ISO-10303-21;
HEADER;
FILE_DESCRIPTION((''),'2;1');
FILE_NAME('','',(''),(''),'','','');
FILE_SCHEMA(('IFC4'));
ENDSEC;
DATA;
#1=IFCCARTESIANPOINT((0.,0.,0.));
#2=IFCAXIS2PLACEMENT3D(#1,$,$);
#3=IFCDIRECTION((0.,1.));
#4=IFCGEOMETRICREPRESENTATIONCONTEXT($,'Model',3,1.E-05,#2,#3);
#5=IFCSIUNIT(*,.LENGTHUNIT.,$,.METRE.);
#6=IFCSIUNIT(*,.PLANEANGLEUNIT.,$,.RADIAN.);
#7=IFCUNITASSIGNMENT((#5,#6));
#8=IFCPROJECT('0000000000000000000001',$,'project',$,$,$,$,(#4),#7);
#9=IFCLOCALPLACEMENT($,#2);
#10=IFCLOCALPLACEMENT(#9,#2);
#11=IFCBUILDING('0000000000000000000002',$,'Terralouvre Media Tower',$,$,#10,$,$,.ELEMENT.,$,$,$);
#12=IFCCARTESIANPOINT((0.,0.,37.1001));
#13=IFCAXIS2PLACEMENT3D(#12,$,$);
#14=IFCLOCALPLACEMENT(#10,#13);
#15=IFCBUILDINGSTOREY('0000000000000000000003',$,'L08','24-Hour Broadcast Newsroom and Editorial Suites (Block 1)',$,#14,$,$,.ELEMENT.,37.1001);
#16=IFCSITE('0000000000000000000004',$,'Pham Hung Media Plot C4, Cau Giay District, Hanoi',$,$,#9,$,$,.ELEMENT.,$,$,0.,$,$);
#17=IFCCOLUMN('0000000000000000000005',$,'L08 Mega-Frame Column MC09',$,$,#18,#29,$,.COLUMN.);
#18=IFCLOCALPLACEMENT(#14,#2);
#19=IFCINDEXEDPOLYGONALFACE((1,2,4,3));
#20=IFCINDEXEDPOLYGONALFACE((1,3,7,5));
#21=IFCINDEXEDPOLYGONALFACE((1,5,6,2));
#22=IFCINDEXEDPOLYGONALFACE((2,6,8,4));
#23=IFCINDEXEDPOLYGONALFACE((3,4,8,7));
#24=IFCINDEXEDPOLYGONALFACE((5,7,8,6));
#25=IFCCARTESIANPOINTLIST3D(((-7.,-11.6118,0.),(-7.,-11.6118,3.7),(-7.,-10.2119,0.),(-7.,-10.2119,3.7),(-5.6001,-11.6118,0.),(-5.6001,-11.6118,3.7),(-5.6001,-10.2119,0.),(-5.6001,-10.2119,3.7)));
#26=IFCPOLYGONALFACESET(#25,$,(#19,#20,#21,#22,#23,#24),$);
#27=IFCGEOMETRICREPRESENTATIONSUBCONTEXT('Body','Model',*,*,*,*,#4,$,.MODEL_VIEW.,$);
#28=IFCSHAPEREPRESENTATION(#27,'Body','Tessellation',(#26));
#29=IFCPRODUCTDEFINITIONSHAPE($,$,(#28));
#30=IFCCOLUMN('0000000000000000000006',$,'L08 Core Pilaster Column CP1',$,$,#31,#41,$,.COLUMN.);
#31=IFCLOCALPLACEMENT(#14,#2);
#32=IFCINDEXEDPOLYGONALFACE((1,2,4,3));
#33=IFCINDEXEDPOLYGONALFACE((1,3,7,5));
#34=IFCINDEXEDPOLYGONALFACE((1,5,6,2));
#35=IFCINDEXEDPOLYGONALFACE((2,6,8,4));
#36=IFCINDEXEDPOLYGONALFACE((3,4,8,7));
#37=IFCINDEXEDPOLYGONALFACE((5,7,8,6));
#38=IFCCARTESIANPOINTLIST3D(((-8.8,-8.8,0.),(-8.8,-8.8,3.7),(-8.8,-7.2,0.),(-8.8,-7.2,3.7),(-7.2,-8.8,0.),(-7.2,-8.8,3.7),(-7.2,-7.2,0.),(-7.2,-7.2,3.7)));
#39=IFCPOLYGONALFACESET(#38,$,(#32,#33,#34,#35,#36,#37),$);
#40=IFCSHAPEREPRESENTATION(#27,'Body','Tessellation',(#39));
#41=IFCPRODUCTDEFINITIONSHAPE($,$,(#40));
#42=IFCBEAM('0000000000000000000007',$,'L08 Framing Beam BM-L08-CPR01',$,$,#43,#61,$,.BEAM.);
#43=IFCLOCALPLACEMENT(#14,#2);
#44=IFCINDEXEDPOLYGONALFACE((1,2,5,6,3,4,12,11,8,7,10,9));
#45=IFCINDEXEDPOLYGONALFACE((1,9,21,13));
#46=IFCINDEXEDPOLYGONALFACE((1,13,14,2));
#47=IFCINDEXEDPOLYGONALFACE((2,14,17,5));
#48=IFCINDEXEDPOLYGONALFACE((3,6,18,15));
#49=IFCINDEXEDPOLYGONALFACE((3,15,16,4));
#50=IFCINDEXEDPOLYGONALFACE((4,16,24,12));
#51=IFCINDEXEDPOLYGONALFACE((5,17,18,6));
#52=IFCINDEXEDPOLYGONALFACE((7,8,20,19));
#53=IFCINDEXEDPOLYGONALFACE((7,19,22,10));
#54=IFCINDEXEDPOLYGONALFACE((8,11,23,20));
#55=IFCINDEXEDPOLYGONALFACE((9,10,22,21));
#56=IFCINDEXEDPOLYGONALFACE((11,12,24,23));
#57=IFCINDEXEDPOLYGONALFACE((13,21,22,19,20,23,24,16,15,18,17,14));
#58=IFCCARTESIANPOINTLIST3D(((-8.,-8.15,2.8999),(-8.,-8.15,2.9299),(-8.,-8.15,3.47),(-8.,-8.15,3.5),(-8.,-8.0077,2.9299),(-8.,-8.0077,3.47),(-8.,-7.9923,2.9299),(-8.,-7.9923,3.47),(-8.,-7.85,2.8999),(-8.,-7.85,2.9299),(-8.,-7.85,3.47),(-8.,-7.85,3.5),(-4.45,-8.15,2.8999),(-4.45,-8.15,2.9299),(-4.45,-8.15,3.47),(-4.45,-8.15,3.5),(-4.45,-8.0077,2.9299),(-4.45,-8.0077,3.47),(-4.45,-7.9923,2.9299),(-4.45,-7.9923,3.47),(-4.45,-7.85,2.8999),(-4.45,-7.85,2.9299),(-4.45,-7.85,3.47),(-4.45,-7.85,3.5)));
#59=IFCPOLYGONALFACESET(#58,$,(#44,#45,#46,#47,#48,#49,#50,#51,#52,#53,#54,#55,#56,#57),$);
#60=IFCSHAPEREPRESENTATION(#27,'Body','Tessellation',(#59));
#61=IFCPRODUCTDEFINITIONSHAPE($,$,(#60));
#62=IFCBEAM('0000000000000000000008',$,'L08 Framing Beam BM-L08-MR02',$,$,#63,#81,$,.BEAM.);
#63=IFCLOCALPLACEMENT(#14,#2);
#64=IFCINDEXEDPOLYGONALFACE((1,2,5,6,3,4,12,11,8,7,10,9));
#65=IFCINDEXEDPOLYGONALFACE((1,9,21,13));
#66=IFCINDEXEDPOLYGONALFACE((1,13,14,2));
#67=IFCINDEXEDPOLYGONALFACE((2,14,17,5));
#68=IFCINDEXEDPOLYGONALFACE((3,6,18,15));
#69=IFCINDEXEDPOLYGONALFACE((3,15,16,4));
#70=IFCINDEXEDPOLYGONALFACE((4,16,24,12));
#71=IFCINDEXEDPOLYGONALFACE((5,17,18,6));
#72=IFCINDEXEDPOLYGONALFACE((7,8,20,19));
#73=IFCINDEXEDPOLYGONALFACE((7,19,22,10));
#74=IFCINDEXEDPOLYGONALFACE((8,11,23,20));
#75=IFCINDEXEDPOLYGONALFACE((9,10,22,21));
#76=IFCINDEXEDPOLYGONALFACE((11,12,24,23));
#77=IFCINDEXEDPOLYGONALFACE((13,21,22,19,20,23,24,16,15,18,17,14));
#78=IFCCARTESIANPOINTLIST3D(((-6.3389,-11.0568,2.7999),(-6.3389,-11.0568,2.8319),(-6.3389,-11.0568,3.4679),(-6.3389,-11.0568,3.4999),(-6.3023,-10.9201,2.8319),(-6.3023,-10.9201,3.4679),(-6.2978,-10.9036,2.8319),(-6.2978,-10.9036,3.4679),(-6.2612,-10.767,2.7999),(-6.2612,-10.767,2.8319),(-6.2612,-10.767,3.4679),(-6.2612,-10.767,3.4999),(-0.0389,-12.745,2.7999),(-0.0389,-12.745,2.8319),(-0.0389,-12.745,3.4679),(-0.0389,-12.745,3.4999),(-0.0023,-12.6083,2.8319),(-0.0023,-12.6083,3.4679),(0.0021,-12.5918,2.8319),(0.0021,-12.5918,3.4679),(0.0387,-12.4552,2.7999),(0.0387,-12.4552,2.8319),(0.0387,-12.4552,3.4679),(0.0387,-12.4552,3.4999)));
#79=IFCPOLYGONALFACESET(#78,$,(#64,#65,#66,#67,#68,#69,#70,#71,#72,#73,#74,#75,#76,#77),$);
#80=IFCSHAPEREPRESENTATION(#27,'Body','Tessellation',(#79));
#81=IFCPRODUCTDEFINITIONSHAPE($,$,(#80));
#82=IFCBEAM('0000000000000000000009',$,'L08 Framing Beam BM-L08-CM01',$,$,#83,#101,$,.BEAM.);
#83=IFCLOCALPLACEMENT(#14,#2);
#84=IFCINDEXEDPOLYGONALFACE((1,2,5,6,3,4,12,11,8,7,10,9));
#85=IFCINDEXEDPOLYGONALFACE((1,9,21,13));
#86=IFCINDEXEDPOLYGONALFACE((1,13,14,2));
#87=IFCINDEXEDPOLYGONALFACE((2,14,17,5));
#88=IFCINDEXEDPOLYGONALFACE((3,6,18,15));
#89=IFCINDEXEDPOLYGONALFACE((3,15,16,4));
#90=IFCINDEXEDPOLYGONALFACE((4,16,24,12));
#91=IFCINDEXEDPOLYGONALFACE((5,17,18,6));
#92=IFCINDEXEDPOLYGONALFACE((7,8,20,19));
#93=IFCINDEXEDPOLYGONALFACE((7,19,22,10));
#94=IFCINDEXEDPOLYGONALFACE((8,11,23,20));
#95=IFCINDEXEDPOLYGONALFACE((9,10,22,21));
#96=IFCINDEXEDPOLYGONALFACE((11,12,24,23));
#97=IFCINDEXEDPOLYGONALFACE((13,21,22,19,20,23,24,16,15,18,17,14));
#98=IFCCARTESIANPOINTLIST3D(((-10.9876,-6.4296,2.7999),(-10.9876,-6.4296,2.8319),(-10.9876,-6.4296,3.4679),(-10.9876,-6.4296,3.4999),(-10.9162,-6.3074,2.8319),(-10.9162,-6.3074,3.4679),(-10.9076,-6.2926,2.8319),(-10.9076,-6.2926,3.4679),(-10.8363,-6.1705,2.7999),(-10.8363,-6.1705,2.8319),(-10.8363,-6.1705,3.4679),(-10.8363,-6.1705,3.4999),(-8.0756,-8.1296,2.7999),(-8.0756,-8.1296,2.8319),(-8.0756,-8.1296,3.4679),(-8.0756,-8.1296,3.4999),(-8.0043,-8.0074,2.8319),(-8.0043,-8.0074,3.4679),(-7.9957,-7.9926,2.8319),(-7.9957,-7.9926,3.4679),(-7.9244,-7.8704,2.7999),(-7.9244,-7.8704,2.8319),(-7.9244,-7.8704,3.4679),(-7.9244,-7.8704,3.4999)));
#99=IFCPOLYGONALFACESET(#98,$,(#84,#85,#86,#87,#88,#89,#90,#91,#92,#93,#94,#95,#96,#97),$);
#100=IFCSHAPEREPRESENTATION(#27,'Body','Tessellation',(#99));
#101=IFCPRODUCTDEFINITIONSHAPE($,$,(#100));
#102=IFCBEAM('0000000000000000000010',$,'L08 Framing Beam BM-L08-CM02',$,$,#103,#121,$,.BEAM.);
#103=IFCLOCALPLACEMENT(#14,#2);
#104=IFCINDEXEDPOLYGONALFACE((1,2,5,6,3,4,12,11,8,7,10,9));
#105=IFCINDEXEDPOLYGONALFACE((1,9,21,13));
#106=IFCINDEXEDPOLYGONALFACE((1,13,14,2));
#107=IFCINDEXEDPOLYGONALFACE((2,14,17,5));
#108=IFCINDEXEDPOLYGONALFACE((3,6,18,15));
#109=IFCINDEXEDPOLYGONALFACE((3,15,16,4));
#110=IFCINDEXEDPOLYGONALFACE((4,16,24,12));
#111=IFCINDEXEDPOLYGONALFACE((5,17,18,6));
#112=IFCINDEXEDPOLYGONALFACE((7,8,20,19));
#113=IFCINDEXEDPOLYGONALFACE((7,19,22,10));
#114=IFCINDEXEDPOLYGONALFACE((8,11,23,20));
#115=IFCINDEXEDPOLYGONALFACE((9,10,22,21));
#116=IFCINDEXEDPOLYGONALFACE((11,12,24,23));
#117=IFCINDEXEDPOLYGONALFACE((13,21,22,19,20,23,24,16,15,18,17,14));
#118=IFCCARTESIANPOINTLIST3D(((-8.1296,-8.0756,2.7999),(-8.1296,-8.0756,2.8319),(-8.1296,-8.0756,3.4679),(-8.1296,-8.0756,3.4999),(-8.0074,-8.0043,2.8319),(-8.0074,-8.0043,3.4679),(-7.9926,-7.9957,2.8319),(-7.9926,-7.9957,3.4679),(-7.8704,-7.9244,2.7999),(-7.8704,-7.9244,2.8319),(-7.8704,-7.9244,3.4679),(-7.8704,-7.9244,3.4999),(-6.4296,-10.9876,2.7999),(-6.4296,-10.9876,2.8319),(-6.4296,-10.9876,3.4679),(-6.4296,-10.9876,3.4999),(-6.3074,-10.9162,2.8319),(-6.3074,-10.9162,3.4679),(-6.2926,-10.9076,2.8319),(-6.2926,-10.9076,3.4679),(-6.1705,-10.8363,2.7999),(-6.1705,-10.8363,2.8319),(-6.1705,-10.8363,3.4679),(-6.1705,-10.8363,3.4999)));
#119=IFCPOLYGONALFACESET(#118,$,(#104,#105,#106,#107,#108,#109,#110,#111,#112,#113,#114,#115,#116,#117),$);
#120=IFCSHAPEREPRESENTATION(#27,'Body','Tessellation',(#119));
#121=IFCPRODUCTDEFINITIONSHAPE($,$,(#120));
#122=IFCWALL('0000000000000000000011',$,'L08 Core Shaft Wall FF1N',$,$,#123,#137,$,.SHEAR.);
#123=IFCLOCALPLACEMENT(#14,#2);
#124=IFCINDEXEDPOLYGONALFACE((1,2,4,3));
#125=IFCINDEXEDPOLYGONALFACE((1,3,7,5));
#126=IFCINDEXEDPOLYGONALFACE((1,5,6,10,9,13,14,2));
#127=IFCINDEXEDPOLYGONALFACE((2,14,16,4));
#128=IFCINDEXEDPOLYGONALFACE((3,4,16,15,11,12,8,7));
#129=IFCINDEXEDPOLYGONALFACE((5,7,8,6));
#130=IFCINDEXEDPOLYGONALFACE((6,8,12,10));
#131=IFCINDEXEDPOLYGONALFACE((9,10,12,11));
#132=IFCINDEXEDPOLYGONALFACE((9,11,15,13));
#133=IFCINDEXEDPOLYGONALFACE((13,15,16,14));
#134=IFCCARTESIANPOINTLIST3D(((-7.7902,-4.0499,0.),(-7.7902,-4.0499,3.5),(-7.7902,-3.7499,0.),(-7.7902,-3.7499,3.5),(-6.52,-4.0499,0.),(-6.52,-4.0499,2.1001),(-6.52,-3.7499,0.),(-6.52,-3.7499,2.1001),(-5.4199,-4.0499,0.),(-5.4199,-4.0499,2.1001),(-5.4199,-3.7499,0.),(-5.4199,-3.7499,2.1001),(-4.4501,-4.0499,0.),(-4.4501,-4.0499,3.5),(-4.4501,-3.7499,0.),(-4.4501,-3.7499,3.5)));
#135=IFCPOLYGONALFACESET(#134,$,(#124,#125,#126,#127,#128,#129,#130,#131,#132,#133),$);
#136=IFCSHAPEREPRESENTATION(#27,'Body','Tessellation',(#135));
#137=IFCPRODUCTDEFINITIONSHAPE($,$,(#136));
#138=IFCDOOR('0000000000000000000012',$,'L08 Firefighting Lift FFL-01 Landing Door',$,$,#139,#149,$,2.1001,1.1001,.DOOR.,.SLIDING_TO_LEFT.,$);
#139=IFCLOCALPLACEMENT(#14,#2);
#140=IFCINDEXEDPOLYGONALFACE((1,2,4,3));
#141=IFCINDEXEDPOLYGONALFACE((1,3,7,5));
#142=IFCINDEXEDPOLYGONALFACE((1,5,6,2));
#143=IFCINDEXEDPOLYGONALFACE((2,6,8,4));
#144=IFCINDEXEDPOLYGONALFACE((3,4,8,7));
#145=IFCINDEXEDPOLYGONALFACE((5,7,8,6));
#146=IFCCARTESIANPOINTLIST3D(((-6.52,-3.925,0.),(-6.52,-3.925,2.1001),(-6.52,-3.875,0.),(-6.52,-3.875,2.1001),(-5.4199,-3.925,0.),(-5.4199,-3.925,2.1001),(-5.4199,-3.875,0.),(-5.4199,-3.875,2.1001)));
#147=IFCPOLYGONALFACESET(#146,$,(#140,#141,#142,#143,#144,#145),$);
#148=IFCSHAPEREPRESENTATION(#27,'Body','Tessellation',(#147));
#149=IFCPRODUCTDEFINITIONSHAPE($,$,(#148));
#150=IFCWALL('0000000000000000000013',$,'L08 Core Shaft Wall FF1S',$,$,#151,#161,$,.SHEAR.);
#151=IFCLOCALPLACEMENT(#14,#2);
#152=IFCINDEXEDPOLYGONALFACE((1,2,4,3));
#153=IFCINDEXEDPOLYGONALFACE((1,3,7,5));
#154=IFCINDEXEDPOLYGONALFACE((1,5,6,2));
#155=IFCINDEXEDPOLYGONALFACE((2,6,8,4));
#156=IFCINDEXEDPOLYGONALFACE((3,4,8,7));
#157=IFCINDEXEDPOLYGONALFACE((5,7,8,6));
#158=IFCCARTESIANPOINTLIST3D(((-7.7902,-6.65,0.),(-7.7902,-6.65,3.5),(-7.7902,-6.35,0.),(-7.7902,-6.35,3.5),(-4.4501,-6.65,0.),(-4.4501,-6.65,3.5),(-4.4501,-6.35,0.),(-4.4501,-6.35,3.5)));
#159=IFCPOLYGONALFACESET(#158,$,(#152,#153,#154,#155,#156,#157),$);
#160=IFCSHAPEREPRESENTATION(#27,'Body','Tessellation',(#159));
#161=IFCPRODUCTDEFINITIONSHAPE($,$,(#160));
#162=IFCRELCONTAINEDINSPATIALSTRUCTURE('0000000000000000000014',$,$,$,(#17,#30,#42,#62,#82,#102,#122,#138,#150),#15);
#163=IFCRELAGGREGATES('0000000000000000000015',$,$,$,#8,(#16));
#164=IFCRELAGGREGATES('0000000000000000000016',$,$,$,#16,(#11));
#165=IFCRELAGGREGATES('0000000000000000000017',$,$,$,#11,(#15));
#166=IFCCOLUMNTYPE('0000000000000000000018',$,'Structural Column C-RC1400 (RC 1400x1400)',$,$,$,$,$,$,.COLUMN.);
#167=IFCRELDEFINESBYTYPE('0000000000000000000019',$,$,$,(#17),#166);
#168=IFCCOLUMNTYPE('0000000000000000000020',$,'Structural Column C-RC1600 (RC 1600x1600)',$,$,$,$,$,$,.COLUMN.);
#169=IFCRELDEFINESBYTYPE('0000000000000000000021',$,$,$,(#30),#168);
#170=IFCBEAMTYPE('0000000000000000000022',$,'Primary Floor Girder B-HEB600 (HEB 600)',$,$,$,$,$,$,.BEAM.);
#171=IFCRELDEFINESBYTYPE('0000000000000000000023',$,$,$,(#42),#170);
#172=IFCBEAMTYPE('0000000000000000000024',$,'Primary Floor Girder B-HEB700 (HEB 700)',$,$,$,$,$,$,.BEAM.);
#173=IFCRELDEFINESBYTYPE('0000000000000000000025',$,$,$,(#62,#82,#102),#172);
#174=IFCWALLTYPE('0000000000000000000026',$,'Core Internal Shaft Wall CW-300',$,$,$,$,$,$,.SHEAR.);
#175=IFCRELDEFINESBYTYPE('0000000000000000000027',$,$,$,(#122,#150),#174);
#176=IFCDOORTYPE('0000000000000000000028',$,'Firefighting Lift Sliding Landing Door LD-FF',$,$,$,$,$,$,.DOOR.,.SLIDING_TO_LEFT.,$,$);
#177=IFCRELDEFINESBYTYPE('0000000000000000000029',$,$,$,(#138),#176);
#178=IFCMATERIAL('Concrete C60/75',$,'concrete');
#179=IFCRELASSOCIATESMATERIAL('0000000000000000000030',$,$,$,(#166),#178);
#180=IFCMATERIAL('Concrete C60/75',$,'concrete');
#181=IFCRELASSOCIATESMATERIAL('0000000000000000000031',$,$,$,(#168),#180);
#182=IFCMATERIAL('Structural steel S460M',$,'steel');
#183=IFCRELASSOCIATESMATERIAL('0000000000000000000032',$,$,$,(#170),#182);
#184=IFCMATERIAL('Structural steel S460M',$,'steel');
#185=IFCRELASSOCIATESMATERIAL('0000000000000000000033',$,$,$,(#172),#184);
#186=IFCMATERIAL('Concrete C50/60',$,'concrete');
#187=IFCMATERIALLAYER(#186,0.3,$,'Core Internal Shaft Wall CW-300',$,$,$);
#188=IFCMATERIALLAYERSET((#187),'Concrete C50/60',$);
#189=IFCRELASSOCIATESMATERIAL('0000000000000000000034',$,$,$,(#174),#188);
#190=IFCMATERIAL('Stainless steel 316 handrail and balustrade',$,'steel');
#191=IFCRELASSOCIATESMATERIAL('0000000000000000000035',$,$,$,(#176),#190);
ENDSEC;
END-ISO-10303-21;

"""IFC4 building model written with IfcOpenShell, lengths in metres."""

from ifc_helpers import new_model, si_unit, direction, frame, frame_2d, origin, origin_2d, place, context, subcontext, project, spatial, rectangle, i_section, extrude, material, layer, layer_set, material_profile, profile_set, type_object, element, fill, save


model = new_model("IFC4")

# Units and contexts
model_context = context("Model", 3, precision=1e-05, world=origin(), true_north=direction((0.0, 1.0)))
body_context = subcontext(model_context, "Body", "Model", "MODEL_VIEW")
ifc_project = project(units=[si_unit("LENGTHUNIT", "METRE"), si_unit("PLANEANGLEUNIT", "RADIAN")], contexts=[model_context])

# Site, building, storey
site_placement = place(None, origin())
site = spatial("IfcSite", under=ifc_project, at=site_placement, Name="Pham Hung Media Plot C4, Cau Giay District, Hanoi", CompositionType="ELEMENT", RefElevation=0.0)
building_placement = place(site_placement, origin())
building = spatial("IfcBuilding", under=site, at=building_placement, Name="Terralouvre Media Tower", CompositionType="ELEMENT")
storey_placement = place(building_placement, frame((0.0, 0.0, 37.1001)))
storey = spatial("IfcBuildingStorey", under=building, at=storey_placement, Name="L08", Description="24-Hour Broadcast Newsroom and Editorial Suites (Block 1)", CompositionType="ELEMENT", Elevation=37.1001)

# Columns
ifc_material_1 = material(Name="Concrete C60/75", Category="concrete")
ifc_material_profile_1 = material_profile(ifc_material_1, rectangle(XDim=1.3999, YDim=1.3999, at=origin_2d()), Name="RC 1400x1400")
ifc_profile_set_1 = profile_set([ifc_material_profile_1], Name="Concrete C60/75")
column_type_1 = type_object("IfcColumnType", Name="Structural Column C-RC1400 (RC 1400x1400)", PredefinedType="COLUMN", material=ifc_profile_set_1)
column_1_placement = place(storey_placement, frame((-6.3, -10.9119, 0.0), z_axis=(0.0, 0.0, 1.0), x_axis=(1.0, 0.0, 0.0)))
element("IfcColumn", 1, at=column_1_placement, inside=storey, type_object=column_type_1, Name="L08 Mega-Frame Column MC09", PredefinedType="COLUMN", context=body_context, shape_type="SweptSolid", body=[
    extrude(rectangle(XDim=1.3999, YDim=1.3999, at=origin_2d()), origin(), (0.0, 0.0, 1.0), 3.7),
])
ifc_material_2 = material(Name="Concrete C60/75", Category="concrete")
ifc_material_profile_2 = material_profile(ifc_material_2, rectangle(XDim=1.6001, YDim=1.6001, at=origin_2d()), Name="RC 1600x1600")
ifc_profile_set_2 = profile_set([ifc_material_profile_2], Name="Concrete C60/75")
column_type_2 = type_object("IfcColumnType", Name="Structural Column C-RC1600 (RC 1600x1600)", PredefinedType="COLUMN", material=ifc_profile_set_2)
column_2_placement = place(storey_placement, frame((-8.0, -8.0, 0.0), z_axis=(0.0, 0.0, 1.0), x_axis=(1.0, 0.0, 0.0)))
element("IfcColumn", 2, at=column_2_placement, inside=storey, type_object=column_type_2, Name="L08 Core Pilaster Column CP1", PredefinedType="COLUMN", context=body_context, shape_type="SweptSolid", body=[
    extrude(rectangle(XDim=1.6001, YDim=1.6001, at=origin_2d()), origin(), (0.0, 0.0, 1.0), 3.7),
])

# Beams
ifc_material_3 = material(Name="Structural steel S460M", Category="steel")
ifc_material_profile_3 = material_profile(ifc_material_3, i_section(OverallWidth=0.3, OverallDepth=0.6001, WebThickness=0.0154, FlangeThickness=0.03, at=origin_2d()), Name="HEB 600")
ifc_profile_set_3 = profile_set([ifc_material_profile_3], Name="Structural steel S460M")
beam_type_1 = type_object("IfcBeamType", Name="Primary Floor Girder B-HEB600 (HEB 600)", PredefinedType="BEAM", material=ifc_profile_set_3)
beam_1_placement = place(storey_placement, frame((-8.0, -8.0, 3.2), z_axis=(1.0, 0.0, 0.0), x_axis=(0.0, 1.0, 0.0)))
element("IfcBeam", 3, at=beam_1_placement, inside=storey, type_object=beam_type_1, Name="L08 Framing Beam BM-L08-CPR01", PredefinedType="BEAM", context=body_context, shape_type="SweptSolid", body=[
    extrude(i_section(OverallWidth=0.3, OverallDepth=0.6001, WebThickness=0.0154, FlangeThickness=0.03, at=origin_2d()), origin(), (0.0, 0.0, 1.0), 3.55),
])
ifc_material_4 = material(Name="Structural steel S460M", Category="steel")
ifc_material_profile_4 = material_profile(ifc_material_4, i_section(OverallWidth=0.3, OverallDepth=0.7, WebThickness=0.0171, FlangeThickness=0.032, at=origin_2d()), Name="HEB 700")
ifc_profile_set_4 = profile_set([ifc_material_profile_4], Name="Structural steel S460M")
beam_type_2 = type_object("IfcBeamType", Name="Primary Floor Girder B-HEB700 (HEB 700)", PredefinedType="BEAM", material=ifc_profile_set_4)
beam_2_placement = place(storey_placement, frame((-6.3, -10.9119, 3.1499), z_axis=(0.96592, -0.258839, 0.0), x_axis=(0.258839, 0.96592, 0.0)))
element("IfcBeam", 4, at=beam_2_placement, inside=storey, type_object=beam_type_2, Name="L08 Framing Beam BM-L08-MR02", PredefinedType="BEAM", context=body_context, shape_type="SweptSolid", body=[
    extrude(i_section(OverallWidth=0.3, OverallDepth=0.7, WebThickness=0.0171, FlangeThickness=0.032, at=origin_2d()), origin(), (0.0, 0.0, 1.0), 6.5222),
])
for number, where, z_axis, x_axis, name in (
    (5, (-8.0, -8.0, 3.1499), (-0.863603, 0.504173, 0.0), (-0.504173, -0.863603, 0.0), "L08 Framing Beam BM-L08-CM01"),
    (6, (-8.0, -8.0, 3.1499), (0.504173, -0.863603, 0.0), (0.863603, 0.504173, 0.0), "L08 Framing Beam BM-L08-CM02"),
):
    element("IfcBeam", number, at=place(storey_placement, frame(where, z_axis=z_axis, x_axis=x_axis)), inside=storey, type_object=beam_type_2, Name=name, PredefinedType="BEAM", context=body_context, shape_type="SweptSolid", body=[
        extrude(i_section(OverallWidth=0.3, OverallDepth=0.7, WebThickness=0.0171, FlangeThickness=0.032, at=origin_2d()), origin(), (0.0, 0.0, 1.0), 3.3718),
    ])

# Wall, opening, door
ifc_material_5 = material(Name="Concrete C50/60", Category="concrete")
ifc_layer_1 = layer(ifc_material_5, 0.3, Name="Core Internal Shaft Wall CW-300")
ifc_layer_set_1 = layer_set([ifc_layer_1], Name="Concrete C50/60")
wall_type_1 = type_object("IfcWallType", Name="Core Internal Shaft Wall CW-300", PredefinedType="SHEAR", material=ifc_layer_set_1)
wall_1_placement = place(storey_placement, frame((-7.79, -3.8999, 0.0), z_axis=(0.0, 0.0, 1.0), x_axis=(1.0, 0.0, 0.0)))
wall_1 = element("IfcWall", 7, at=wall_1_placement, inside=storey, type_object=wall_type_1, Name="L08 Core Shaft Wall FF1N", PredefinedType="SHEAR", context=body_context, shape_type="SweptSolid", body=[
    extrude(rectangle(XDim=3.3401, YDim=0.3, at=frame_2d((1.6699, 0.0))), origin(), (0.0, 0.0, 1.0), 3.5),
])
opening_1_placement = place(wall_1_placement, frame((1.27, 0.0, 0.0)))
opening_1 = element("IfcOpeningElement", 8, at=opening_1_placement, cuts=wall_1, PredefinedType="OPENING", context=body_context, shape_type="SweptSolid", body=[
    extrude(rectangle(XDim=1.1001, YDim=2.1001, at=frame_2d((0.55, 1.05))), frame((0.0, 0.1599, 0.0), z_axis=(0.0, -1.0, 0.0), x_axis=(1.0, 0.0, 0.0)), (0.0, 0.0, 1.0), 0.3201),
])
ifc_material_6 = material(Name="Stainless steel 316 handrail and balustrade", Category="steel")
door_type_1 = type_object("IfcDoorType", Name="Firefighting Lift Sliding Landing Door LD-FF", OperationType="SLIDING_TO_LEFT", PredefinedType="DOOR", material=ifc_material_6)
door_1_placement = place(opening_1_placement, origin())
door_1 = element("IfcDoor", 9, at=door_1_placement, inside=storey, type_object=door_type_1, Name="L08 Firefighting Lift FFL-01 Landing Door", OperationType="SLIDING_TO_LEFT", OverallHeight=2.1001, OverallWidth=1.1001, PredefinedType="DOOR", context=body_context, shape_type="SweptSolid", body=[
    extrude(rectangle(XDim=1.1001, YDim=2.1001, at=frame_2d((0.55, 1.05))), frame((0.0, 0.0249, 0.0), z_axis=(0.0, -1.0, 0.0), x_axis=(1.0, 0.0, 0.0)), (0.0, 0.0, 1.0), 0.05),
])
fill(opening_1, door_1)

# Wall
wall_2_placement = place(storey_placement, frame((-7.79, -6.5, 0.0), z_axis=(0.0, 0.0, 1.0), x_axis=(1.0, 0.0, 0.0)))
element("IfcWall", 10, at=wall_2_placement, inside=storey, type_object=wall_type_1, Name="L08 Core Shaft Wall FF1S", PredefinedType="SHEAR", context=body_context, shape_type="SweptSolid", body=[
    extrude(rectangle(XDim=3.3401, YDim=0.3, at=frame_2d((1.6699, 0.0))), origin(), (0.0, 0.0, 1.0), 3.5),
])

save(model, "model.ifc")
